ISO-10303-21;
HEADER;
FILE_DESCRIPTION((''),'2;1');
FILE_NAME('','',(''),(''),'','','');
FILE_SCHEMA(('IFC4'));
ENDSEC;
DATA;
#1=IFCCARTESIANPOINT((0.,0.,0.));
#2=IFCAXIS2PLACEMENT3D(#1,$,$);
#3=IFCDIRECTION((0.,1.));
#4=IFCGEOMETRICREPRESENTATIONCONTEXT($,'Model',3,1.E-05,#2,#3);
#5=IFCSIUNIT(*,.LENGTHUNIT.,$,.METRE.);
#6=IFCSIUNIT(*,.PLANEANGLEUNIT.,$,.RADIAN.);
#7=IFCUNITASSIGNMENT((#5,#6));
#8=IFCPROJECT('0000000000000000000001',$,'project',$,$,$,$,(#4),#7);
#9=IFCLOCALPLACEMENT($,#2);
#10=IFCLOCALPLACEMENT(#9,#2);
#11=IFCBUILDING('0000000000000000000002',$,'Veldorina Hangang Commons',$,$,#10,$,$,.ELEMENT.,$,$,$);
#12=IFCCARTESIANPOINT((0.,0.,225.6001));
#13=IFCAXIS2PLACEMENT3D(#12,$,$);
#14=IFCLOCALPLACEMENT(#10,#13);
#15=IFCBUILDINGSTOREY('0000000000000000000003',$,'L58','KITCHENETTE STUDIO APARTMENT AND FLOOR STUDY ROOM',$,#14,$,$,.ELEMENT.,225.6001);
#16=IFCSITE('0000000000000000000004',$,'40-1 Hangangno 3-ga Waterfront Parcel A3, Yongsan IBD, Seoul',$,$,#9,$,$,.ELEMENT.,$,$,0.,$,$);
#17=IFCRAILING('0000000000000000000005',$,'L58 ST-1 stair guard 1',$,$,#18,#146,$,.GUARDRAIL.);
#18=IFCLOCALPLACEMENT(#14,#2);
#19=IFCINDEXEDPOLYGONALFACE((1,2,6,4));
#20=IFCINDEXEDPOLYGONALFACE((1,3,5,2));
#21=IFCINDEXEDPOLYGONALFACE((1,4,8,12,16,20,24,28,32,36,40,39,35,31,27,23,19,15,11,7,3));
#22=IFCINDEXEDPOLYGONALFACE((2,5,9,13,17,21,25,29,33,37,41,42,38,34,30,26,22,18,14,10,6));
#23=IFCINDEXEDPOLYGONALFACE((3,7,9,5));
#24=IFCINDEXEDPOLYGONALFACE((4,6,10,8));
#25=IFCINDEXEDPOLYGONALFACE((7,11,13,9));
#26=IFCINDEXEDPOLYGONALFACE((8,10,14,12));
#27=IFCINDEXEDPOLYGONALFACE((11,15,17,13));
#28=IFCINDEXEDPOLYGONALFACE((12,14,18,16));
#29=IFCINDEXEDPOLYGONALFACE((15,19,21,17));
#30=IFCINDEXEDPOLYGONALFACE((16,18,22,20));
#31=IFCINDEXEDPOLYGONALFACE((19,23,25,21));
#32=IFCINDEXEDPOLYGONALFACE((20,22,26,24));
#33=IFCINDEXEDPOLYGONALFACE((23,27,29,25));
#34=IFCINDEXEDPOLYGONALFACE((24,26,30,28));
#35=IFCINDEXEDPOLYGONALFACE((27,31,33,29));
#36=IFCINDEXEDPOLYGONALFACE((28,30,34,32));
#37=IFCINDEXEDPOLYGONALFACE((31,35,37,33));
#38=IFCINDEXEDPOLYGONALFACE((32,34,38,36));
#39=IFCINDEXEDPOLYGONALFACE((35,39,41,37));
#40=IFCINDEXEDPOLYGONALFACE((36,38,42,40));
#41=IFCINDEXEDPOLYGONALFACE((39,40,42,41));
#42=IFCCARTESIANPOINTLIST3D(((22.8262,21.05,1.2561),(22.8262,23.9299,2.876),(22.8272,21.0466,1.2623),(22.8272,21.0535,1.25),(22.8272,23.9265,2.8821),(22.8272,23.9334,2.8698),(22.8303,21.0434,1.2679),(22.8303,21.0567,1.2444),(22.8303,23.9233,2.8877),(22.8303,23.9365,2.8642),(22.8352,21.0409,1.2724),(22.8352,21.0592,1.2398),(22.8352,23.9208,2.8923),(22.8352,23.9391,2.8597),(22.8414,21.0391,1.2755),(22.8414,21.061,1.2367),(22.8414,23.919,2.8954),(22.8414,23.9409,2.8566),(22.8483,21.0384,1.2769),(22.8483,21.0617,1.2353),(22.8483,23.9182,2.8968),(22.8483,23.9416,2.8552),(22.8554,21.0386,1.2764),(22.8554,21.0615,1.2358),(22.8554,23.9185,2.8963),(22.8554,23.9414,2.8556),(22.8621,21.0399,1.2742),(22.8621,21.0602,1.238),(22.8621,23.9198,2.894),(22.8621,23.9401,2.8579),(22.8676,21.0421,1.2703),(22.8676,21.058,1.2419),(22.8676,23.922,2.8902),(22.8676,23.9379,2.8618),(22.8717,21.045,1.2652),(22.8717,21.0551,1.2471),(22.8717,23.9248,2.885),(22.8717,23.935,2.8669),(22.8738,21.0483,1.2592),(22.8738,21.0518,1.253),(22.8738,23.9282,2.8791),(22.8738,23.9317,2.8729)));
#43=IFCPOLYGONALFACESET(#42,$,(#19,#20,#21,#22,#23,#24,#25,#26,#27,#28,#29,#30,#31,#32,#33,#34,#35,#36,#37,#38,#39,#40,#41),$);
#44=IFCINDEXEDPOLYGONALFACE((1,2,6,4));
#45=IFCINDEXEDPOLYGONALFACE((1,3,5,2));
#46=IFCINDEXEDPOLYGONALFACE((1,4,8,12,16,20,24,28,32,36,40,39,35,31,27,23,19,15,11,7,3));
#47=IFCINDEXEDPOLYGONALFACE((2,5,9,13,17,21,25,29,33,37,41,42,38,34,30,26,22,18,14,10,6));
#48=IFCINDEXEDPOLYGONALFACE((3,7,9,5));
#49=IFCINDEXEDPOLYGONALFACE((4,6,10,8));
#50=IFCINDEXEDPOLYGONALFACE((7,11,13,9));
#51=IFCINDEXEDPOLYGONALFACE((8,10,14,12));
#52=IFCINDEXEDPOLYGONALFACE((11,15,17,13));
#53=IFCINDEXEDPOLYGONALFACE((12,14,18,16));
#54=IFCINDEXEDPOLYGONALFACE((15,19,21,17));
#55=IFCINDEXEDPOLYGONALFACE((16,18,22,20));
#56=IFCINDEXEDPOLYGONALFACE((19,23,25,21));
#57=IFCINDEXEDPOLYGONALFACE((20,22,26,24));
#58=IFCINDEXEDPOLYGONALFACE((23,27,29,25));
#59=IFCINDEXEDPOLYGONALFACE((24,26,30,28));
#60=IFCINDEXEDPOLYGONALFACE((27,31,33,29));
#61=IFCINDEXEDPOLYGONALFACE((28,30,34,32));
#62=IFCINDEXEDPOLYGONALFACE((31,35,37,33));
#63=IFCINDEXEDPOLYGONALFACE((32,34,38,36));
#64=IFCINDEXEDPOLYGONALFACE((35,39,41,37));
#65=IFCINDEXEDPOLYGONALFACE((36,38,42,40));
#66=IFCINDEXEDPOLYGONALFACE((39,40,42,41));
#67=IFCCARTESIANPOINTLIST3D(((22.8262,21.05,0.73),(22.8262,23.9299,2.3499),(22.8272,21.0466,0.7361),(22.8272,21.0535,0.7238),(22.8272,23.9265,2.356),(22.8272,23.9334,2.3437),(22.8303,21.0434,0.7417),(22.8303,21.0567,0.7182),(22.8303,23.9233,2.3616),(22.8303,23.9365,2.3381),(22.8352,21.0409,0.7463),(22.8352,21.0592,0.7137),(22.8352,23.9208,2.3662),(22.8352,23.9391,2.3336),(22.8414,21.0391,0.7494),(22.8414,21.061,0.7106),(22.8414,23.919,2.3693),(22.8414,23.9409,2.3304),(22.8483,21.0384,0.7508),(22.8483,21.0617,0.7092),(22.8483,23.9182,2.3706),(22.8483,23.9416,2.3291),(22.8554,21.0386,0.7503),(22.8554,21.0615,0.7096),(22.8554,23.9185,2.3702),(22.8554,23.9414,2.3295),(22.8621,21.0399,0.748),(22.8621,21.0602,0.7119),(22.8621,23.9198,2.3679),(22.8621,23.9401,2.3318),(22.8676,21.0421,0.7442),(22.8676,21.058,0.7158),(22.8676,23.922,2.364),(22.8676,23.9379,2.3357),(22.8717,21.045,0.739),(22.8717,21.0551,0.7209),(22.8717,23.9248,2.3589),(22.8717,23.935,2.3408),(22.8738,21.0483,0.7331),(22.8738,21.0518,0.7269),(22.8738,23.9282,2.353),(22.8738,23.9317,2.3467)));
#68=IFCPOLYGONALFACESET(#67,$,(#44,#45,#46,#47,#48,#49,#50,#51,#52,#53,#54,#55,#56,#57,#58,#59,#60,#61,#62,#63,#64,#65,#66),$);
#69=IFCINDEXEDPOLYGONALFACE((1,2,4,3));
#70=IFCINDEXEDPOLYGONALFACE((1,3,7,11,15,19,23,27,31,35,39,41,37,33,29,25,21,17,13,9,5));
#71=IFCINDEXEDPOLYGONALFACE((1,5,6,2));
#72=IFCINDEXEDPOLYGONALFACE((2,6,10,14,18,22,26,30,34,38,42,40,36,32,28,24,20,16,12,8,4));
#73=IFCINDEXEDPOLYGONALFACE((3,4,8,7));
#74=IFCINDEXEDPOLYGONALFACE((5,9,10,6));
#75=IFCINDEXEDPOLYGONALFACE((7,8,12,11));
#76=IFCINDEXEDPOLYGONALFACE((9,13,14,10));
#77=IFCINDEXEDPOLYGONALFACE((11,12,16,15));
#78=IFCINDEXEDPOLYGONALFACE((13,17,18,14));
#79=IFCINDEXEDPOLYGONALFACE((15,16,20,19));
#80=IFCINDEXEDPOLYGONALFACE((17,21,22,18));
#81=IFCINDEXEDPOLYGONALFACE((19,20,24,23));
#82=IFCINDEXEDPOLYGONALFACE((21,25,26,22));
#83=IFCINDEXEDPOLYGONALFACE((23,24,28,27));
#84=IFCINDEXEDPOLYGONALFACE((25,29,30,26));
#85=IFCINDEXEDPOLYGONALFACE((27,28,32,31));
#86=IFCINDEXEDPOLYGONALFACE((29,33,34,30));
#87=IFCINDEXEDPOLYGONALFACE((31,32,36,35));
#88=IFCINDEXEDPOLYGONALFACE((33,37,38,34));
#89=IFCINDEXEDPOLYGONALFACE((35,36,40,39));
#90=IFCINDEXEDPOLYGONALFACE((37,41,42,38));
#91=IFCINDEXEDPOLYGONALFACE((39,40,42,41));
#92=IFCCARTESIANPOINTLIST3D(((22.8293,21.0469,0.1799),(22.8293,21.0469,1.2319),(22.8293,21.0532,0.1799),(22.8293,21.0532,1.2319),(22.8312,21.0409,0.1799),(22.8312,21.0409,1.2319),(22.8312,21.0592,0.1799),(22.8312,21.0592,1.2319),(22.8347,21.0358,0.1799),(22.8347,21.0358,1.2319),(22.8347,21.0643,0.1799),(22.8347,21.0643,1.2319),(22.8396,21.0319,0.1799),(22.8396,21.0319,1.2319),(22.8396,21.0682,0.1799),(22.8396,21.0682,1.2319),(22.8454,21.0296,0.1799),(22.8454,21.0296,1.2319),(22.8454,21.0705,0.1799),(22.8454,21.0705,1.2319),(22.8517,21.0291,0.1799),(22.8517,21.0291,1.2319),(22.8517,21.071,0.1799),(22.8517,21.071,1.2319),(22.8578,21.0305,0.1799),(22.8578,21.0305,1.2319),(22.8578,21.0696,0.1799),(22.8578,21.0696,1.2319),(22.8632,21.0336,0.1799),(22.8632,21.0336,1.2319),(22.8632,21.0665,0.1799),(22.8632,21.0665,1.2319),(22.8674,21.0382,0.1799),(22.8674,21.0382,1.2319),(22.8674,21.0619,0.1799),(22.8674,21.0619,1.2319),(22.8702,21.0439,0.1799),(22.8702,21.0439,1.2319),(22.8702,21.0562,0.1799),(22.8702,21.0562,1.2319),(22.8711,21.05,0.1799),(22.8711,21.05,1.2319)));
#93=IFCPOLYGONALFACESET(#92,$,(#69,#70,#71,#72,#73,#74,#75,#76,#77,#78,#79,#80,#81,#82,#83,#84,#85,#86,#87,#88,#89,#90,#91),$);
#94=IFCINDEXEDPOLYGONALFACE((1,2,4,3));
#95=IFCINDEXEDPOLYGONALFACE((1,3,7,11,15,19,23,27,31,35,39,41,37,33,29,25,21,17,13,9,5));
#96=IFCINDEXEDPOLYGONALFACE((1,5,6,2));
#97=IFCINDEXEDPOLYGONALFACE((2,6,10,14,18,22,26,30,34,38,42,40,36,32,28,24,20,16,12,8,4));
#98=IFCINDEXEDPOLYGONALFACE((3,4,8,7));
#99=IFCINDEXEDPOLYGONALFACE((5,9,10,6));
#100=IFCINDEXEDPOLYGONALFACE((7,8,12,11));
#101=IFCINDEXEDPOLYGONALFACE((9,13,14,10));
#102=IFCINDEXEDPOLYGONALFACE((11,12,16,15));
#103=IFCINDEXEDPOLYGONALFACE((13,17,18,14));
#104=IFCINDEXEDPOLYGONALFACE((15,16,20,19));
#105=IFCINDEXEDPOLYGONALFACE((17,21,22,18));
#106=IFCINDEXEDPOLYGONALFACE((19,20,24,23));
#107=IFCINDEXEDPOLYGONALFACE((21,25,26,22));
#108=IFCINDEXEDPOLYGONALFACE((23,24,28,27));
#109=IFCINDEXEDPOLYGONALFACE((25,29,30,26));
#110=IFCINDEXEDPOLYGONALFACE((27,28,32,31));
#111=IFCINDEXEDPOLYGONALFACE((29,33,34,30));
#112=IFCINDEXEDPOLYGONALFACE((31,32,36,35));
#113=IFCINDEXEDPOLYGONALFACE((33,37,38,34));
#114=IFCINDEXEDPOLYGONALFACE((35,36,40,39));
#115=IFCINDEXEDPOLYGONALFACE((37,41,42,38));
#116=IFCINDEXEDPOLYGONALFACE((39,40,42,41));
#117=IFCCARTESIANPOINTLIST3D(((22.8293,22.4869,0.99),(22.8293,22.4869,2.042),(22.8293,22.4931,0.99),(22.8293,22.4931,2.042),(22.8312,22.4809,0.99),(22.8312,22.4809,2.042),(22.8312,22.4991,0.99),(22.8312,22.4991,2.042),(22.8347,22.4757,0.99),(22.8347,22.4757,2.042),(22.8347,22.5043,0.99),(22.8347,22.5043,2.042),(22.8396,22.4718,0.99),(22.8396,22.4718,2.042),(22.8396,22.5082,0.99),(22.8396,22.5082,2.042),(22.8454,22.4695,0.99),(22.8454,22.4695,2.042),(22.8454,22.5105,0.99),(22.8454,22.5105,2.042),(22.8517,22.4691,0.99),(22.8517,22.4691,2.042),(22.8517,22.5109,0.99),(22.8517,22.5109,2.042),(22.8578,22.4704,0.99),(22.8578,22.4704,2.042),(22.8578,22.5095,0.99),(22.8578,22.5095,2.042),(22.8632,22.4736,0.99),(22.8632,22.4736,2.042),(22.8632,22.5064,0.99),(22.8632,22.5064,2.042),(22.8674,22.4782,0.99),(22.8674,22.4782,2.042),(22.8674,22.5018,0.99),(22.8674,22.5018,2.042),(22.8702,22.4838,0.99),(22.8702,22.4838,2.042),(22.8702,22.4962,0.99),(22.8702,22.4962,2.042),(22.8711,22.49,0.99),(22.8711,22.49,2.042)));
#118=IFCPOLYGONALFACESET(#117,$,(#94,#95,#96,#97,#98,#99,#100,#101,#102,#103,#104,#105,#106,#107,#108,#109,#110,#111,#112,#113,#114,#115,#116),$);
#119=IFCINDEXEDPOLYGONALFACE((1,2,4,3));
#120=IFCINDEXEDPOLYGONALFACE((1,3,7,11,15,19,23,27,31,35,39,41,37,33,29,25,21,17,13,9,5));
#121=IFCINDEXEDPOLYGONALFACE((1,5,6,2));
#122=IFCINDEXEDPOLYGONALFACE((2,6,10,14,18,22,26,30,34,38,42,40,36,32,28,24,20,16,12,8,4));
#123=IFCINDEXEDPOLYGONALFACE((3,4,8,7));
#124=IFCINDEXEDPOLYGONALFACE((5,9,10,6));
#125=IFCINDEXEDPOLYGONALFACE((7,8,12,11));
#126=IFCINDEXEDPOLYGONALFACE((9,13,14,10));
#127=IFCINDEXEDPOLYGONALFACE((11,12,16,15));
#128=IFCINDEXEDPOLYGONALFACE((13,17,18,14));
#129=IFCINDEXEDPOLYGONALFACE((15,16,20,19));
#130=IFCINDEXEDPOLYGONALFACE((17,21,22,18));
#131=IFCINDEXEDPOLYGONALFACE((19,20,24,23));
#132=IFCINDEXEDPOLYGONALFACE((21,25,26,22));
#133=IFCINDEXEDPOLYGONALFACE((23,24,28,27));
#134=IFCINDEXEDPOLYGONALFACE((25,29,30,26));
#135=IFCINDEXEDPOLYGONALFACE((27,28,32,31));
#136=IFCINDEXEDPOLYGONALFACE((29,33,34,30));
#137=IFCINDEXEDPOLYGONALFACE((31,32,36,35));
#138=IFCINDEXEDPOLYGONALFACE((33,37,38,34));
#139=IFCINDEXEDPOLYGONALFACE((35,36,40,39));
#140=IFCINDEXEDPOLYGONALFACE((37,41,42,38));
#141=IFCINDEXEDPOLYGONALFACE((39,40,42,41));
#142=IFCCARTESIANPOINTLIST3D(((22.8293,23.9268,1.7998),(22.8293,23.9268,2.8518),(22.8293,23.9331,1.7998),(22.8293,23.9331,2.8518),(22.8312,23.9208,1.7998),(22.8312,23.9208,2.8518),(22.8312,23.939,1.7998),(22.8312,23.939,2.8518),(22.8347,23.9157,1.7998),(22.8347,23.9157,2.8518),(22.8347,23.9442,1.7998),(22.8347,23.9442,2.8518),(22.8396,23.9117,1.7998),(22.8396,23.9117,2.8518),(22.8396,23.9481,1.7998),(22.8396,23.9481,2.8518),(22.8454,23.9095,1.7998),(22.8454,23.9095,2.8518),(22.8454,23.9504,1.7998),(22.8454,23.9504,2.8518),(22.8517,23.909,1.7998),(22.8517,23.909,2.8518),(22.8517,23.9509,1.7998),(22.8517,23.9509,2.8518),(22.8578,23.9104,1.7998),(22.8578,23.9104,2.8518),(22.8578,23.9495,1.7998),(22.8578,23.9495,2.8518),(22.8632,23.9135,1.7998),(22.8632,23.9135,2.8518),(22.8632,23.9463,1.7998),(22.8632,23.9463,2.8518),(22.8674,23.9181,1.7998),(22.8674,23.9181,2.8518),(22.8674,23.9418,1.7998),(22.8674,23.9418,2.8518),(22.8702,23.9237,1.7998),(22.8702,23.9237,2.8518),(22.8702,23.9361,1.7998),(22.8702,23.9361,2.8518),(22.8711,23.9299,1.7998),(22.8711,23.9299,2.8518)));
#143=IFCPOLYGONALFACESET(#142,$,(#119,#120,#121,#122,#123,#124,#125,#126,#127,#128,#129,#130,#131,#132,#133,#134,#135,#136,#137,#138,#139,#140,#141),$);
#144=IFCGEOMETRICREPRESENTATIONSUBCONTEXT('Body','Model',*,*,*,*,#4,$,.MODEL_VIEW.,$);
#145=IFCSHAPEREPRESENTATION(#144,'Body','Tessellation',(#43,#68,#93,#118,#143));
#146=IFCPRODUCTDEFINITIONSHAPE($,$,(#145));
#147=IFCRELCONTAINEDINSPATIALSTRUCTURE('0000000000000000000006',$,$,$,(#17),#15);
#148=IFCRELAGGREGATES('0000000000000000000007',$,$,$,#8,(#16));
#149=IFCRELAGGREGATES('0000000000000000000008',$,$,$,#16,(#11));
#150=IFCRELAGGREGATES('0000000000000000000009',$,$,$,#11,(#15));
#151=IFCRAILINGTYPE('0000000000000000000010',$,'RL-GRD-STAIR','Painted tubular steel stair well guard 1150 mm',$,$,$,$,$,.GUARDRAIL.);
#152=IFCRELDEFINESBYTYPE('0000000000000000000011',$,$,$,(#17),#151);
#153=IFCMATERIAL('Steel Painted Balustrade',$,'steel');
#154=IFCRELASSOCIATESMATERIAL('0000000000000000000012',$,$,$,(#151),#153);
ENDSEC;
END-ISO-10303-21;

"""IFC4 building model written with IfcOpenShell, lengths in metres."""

from ifc_helpers import new_model, si_unit, direction, frame, origin, origin_2d, place, context, subcontext, project, spatial, circle, extrude, material, type_object, element, save


model = new_model("IFC4")

# Units and contexts
model_context = context("Model", 3, precision=1e-05, world=origin(), true_north=direction((0.0, 1.0)))
body_context = subcontext(model_context, "Body", "Model", "MODEL_VIEW")
ifc_project = project(units=[si_unit("LENGTHUNIT", "METRE"), si_unit("PLANEANGLEUNIT", "RADIAN")], contexts=[model_context])

# Site, building, storey
site_placement = place(None, origin())
site = spatial("IfcSite", under=ifc_project, at=site_placement, Name="40-1 Hangangno 3-ga Waterfront Parcel A3, Yongsan IBD, Seoul", CompositionType="ELEMENT", RefElevation=0.0)
building_placement = place(site_placement, origin())
building = spatial("IfcBuilding", under=site, at=building_placement, Name="Veldorina Hangang Commons", CompositionType="ELEMENT")
storey_placement = place(building_placement, frame((0.0, 0.0, 225.6001)))
storey = spatial("IfcBuildingStorey", under=building, at=storey_placement, Name="L58", Description="KITCHENETTE STUDIO APARTMENT AND FLOOR STUDY ROOM", CompositionType="ELEMENT", Elevation=225.6001)

# Railing
ifc_material_1 = material(Name="Steel Painted Balustrade", Category="steel")
railing_type_1 = type_object("IfcRailingType", Name="RL-GRD-STAIR", Description="Painted tubular steel stair well guard 1150 mm", PredefinedType="GUARDRAIL", material=ifc_material_1)
railing_1_placement = place(storey_placement, frame((22.8501, 21.05, 0.1799)))
element("IfcRailing", 1, at=railing_1_placement, inside=storey, type_object=railing_type_1, Name="L58 ST-1 stair guard 1", PredefinedType="GUARDRAIL", context=body_context, shape_type="SweptSolid", body=[
    extrude(circle(Radius=0.0239, at=origin_2d()), frame((0.0, 0.0, 1.0762), z_axis=(0.0, 0.871583, 0.490247), x_axis=(-1.0, 0.0, 0.0)), (0.0, 0.0, 1.0), 3.3042),
    extrude(circle(Radius=0.0239, at=origin_2d()), frame((0.0, 0.0, 0.55), z_axis=(0.0, 0.871583, 0.490247), x_axis=(-1.0, 0.0, 0.0)), (0.0, 0.0, 1.0), 3.3042),
    extrude(circle(Radius=0.021, at=origin_2d()), origin(), (0.0, 0.0, 1.0), 1.052),
    extrude(circle(Radius=0.021, at=origin_2d()), frame((0.0, 1.4399, 0.8101)), (0.0, 0.0, 1.0), 1.052),
    extrude(circle(Radius=0.021, at=origin_2d()), frame((0.0, 2.8799, 1.6199)), (0.0, 0.0, 1.0), 1.052),
])

save(model, "model.ifc")
